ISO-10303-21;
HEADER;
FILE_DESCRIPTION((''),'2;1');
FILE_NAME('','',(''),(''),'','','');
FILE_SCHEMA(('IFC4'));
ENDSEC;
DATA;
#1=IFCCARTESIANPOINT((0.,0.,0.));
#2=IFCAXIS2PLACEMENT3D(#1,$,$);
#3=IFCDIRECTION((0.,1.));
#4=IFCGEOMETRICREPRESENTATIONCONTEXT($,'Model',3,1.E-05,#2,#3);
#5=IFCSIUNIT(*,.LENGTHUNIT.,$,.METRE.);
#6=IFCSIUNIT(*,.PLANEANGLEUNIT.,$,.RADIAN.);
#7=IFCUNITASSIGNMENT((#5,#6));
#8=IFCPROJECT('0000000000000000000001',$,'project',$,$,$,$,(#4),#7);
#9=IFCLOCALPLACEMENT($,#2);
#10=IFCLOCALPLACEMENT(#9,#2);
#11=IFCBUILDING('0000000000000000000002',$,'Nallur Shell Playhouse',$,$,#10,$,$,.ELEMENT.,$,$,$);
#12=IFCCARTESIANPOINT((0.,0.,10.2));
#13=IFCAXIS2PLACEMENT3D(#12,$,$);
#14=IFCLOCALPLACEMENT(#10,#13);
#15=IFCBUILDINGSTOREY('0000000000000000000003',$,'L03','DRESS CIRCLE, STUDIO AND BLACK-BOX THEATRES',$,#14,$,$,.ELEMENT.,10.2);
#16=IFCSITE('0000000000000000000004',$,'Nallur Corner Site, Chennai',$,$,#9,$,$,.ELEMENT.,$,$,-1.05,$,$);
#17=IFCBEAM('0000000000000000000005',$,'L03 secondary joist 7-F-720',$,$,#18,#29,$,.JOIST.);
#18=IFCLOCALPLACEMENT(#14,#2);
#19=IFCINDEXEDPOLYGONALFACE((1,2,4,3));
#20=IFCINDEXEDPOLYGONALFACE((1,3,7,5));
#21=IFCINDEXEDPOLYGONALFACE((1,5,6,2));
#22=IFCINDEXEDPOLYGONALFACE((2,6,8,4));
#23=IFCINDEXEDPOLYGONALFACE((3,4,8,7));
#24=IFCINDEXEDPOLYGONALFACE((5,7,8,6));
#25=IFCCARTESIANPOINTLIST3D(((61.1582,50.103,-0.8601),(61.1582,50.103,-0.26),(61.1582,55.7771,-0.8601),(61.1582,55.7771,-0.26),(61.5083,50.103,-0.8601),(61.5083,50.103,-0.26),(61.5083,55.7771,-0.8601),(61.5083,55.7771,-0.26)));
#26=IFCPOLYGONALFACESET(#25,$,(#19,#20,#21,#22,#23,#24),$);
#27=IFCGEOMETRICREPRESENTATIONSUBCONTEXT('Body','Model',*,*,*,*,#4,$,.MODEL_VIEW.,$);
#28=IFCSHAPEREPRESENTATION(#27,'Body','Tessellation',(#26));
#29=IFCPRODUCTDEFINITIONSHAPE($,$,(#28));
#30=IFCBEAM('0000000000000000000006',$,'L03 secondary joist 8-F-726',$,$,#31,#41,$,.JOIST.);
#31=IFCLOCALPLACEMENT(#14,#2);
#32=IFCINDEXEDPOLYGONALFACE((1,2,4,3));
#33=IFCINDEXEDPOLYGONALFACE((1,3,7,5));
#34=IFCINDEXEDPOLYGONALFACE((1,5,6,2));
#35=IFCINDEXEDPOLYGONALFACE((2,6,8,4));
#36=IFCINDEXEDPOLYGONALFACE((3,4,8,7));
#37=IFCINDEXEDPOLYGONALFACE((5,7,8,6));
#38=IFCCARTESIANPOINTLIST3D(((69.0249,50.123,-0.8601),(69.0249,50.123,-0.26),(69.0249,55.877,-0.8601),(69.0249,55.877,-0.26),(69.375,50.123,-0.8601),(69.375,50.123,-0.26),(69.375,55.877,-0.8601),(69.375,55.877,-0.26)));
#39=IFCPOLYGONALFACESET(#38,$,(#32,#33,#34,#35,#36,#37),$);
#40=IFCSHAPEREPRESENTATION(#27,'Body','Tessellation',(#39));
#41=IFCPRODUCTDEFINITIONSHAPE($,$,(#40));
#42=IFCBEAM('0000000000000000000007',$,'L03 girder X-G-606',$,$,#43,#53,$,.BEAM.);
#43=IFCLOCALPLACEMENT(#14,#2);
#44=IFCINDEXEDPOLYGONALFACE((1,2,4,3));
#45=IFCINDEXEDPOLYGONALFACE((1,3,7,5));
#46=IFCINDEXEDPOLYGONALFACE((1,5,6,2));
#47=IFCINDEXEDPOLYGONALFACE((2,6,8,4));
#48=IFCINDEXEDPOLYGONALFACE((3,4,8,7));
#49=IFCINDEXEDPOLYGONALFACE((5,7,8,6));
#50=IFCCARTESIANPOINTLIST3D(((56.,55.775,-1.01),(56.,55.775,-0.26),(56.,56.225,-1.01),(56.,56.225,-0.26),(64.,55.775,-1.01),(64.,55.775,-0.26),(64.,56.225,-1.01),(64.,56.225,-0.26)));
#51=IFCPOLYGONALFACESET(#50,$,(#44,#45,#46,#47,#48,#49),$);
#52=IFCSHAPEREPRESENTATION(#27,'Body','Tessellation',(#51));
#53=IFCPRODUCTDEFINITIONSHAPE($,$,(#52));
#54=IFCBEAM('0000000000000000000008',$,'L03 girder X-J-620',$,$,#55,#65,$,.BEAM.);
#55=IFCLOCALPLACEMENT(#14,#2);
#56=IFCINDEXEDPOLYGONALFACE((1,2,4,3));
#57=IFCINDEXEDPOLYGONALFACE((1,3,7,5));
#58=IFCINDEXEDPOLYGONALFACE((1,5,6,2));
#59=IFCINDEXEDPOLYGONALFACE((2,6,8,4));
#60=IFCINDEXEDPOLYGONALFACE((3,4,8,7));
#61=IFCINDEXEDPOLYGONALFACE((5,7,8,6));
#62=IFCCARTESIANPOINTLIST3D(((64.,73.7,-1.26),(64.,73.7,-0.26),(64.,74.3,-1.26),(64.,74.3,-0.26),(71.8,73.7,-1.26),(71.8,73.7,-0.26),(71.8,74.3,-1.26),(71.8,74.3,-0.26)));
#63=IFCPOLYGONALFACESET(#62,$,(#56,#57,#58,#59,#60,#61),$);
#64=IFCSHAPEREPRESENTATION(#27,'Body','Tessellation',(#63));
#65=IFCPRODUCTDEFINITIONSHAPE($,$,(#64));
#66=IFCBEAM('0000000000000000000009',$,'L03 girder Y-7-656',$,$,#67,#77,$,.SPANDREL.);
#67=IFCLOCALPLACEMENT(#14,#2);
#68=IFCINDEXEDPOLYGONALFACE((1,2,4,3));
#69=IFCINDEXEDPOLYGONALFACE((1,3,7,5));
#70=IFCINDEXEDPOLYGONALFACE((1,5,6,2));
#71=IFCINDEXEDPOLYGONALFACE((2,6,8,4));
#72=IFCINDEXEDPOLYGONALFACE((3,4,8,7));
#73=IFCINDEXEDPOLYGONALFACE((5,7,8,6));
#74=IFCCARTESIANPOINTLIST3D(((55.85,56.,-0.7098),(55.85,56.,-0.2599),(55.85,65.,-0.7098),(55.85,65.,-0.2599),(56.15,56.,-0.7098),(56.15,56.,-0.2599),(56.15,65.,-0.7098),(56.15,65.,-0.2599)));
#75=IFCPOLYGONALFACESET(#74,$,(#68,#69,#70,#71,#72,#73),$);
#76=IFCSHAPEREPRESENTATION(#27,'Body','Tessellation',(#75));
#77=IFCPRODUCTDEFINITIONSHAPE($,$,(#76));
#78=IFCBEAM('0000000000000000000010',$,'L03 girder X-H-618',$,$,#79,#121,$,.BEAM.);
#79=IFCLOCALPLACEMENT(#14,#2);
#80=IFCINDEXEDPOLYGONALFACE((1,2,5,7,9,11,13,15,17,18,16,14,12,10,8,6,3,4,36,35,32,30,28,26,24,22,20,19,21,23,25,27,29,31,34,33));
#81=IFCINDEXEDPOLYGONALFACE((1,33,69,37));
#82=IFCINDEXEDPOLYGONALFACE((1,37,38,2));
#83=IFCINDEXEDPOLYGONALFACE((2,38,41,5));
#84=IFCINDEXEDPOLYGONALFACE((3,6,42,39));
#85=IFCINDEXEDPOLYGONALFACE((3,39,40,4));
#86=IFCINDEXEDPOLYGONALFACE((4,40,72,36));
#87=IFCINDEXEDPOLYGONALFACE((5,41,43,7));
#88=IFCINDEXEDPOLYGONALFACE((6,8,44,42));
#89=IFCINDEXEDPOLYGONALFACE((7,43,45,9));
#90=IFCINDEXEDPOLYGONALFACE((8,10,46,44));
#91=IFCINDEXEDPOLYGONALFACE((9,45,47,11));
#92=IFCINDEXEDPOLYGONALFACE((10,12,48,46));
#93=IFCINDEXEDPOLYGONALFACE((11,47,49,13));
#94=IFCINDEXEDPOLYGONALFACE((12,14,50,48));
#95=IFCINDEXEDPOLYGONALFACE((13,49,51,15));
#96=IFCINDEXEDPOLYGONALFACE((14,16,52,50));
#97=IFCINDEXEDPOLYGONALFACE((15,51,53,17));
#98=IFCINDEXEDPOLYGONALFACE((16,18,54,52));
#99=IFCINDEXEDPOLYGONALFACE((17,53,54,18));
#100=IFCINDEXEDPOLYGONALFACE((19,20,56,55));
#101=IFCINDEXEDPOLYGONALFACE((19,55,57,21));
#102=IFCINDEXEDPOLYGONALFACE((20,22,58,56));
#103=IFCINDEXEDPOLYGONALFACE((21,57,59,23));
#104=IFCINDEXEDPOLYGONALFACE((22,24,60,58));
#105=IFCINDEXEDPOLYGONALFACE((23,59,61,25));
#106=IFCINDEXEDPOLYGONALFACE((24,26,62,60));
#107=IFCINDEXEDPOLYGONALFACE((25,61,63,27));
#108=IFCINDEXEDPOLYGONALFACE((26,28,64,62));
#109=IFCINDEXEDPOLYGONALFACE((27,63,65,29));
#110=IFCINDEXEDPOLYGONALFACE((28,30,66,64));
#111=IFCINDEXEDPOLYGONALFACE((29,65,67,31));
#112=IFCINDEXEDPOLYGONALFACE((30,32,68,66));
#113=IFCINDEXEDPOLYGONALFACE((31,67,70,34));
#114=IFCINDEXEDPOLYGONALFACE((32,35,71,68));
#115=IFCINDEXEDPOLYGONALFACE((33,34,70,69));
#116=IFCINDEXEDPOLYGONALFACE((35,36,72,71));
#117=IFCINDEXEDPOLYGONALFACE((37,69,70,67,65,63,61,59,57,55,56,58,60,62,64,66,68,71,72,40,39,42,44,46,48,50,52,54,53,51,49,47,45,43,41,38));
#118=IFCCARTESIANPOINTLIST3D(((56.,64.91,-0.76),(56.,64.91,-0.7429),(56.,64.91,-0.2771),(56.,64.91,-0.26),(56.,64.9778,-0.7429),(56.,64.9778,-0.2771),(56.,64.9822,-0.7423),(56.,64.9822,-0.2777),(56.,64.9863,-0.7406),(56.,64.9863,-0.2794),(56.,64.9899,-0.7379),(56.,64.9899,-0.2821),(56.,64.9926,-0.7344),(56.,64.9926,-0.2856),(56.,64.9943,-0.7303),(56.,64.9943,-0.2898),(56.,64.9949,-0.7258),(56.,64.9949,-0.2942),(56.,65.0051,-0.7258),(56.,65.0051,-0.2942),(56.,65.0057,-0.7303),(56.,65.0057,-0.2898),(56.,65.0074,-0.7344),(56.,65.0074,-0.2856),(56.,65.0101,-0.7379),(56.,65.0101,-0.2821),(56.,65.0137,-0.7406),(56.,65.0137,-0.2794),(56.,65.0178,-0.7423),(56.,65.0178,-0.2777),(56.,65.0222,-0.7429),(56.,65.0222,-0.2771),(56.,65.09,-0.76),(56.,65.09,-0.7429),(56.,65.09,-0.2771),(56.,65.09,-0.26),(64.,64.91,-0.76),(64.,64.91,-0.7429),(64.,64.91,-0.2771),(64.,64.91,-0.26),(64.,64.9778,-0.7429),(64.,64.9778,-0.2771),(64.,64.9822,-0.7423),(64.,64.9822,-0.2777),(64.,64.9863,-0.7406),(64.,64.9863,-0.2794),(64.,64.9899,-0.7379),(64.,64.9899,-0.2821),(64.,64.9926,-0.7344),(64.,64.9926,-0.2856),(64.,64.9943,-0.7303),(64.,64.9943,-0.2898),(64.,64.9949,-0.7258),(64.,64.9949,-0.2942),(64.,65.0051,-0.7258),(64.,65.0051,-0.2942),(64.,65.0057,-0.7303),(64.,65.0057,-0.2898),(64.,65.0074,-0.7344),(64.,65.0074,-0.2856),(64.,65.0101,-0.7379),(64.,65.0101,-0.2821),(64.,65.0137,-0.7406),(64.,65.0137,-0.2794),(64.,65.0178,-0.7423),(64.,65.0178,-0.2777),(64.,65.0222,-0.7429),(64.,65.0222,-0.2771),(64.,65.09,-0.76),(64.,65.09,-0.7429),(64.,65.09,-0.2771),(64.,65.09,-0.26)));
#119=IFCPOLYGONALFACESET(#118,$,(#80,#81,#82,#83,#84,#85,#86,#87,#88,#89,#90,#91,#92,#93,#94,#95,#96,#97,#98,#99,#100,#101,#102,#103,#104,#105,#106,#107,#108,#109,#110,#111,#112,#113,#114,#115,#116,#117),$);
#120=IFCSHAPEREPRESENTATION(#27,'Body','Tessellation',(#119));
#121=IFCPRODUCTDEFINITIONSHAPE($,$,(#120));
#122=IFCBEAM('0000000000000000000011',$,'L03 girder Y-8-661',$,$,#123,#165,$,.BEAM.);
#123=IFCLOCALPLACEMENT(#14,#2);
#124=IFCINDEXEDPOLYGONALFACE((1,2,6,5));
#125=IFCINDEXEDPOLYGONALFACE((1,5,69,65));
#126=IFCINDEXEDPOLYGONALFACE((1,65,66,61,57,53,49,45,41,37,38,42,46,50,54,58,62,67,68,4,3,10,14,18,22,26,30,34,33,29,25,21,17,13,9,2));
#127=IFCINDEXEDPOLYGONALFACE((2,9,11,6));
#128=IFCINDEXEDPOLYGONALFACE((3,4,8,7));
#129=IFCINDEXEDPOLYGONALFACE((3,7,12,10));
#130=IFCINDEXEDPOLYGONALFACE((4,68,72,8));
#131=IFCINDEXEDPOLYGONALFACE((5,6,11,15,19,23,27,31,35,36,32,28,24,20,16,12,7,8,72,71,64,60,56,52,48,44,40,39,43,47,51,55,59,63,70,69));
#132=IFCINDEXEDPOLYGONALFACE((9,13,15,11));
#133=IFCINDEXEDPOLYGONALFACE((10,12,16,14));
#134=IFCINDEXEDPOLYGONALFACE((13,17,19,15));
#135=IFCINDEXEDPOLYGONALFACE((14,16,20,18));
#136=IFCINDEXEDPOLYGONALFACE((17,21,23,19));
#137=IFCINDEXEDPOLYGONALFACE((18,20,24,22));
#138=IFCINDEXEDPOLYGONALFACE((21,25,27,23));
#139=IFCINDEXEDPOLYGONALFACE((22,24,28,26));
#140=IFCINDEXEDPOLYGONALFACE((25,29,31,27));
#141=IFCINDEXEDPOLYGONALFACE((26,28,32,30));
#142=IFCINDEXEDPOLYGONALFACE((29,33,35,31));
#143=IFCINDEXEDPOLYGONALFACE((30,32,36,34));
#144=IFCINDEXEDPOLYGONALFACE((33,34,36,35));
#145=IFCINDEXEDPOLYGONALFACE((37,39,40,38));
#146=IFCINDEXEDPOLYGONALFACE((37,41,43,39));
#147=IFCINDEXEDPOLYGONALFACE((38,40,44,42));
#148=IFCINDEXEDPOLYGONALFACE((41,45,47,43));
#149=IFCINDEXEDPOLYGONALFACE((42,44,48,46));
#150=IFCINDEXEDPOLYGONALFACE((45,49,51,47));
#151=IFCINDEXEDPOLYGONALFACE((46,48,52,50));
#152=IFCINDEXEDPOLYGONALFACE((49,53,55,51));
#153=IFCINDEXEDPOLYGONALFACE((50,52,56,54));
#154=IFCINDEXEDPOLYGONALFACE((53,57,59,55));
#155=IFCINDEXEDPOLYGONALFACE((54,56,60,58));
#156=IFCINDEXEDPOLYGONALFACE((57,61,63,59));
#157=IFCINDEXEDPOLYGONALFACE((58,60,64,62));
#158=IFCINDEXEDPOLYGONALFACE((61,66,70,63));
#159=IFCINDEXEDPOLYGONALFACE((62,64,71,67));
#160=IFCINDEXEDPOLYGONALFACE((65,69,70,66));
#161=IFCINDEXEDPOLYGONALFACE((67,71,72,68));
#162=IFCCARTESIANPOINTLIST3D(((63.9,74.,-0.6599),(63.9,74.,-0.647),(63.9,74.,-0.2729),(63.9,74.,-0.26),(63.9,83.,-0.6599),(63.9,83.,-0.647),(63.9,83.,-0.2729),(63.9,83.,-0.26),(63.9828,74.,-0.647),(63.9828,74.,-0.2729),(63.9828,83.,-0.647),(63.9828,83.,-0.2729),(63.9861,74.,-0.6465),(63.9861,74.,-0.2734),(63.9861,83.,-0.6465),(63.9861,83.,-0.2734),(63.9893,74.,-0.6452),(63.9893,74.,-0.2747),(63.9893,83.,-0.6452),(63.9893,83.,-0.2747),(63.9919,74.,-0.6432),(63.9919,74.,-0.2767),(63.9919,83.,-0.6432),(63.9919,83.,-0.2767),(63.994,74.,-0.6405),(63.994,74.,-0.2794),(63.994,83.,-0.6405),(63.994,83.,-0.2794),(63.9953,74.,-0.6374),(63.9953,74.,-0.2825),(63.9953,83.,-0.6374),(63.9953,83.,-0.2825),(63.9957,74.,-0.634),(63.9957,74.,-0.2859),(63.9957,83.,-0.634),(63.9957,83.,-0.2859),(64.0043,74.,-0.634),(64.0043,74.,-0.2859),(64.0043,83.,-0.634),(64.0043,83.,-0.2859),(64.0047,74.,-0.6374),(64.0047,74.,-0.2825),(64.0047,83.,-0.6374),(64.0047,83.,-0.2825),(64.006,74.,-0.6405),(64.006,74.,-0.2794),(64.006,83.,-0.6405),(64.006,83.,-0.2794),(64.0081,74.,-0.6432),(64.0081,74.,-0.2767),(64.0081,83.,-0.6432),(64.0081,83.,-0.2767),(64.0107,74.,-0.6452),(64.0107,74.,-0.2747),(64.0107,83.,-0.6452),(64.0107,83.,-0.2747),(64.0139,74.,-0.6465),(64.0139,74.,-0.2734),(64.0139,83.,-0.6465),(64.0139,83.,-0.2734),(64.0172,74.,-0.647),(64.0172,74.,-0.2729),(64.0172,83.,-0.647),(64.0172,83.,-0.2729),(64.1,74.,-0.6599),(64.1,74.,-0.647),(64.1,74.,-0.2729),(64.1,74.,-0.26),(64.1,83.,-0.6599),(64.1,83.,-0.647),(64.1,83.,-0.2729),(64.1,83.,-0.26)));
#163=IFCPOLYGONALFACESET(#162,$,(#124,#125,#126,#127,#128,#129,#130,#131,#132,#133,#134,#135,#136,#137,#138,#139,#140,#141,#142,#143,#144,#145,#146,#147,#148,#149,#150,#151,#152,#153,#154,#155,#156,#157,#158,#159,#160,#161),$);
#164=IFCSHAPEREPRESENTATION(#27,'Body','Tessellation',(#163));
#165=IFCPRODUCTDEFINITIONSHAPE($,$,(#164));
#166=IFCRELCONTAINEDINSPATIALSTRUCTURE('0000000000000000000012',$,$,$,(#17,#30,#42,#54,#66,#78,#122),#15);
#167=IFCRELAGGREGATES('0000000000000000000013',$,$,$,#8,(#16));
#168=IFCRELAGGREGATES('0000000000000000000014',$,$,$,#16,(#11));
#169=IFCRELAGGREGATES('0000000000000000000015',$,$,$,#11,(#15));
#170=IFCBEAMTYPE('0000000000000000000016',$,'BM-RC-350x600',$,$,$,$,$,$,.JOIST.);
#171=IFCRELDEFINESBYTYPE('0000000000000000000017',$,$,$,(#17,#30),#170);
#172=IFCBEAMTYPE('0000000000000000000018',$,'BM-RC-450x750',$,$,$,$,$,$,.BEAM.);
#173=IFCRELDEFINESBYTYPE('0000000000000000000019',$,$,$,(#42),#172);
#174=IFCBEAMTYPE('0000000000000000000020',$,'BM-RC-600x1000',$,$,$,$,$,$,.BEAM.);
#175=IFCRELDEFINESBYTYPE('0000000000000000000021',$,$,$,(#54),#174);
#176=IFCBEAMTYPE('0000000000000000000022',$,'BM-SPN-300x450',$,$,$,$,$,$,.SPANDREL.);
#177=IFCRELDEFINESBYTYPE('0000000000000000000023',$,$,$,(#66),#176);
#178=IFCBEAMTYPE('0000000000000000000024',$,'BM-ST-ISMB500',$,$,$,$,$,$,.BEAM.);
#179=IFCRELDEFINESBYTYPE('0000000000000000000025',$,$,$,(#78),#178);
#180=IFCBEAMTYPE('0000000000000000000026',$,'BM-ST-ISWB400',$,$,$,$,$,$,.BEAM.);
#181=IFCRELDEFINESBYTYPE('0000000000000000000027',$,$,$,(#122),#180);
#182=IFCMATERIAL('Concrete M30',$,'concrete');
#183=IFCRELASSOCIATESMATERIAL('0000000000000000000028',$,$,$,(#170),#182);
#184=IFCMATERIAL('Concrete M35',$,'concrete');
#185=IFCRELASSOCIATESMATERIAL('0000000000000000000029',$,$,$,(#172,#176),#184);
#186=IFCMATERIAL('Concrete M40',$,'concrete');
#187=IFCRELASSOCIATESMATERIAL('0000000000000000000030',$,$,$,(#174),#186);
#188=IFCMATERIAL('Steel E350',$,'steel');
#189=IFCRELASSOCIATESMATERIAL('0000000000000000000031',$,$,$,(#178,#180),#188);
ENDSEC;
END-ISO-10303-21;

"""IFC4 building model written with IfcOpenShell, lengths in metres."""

from ifc_helpers import new_model, si_unit, direction, frame, origin, origin_2d, place, context, subcontext, project, spatial, rectangle, i_section, extrude, material, material_profile, profile_set, type_object, element, save


model = new_model("IFC4")

# Units and contexts
model_context = context("Model", 3, precision=1e-05, world=origin(), true_north=direction((0.0, 1.0)))
body_context = subcontext(model_context, "Body", "Model", "MODEL_VIEW")
ifc_project = project(units=[si_unit("LENGTHUNIT", "METRE"), si_unit("PLANEANGLEUNIT", "RADIAN")], contexts=[model_context])

# Site, building, storey
site_placement = place(None, origin())
site = spatial("IfcSite", under=ifc_project, at=site_placement, Name="Nallur Corner Site, Chennai", CompositionType="ELEMENT", RefElevation=-1.05)
building_placement = place(site_placement, origin())
building = spatial("IfcBuilding", under=site, at=building_placement, Name="Nallur Shell Playhouse", CompositionType="ELEMENT")
storey_placement = place(building_placement, frame((0.0, 0.0, 10.2)))
storey = spatial("IfcBuildingStorey", under=building, at=storey_placement, Name="L03", Description="DRESS CIRCLE, STUDIO AND BLACK-BOX THEATRES", CompositionType="ELEMENT", Elevation=10.2)

# Shared definitions
ifc_material_1 = material(Name="Steel E350", Category="steel")

# Beams
ifc_material_2 = material(Name="Concrete M30", Category="concrete")
ifc_material_profile_1 = material_profile(ifc_material_2, rectangle(XDim=0.3501, YDim=0.6001, at=origin_2d()), Name="RC 350x600")
ifc_profile_set_1 = profile_set([ifc_material_profile_1], Name="Concrete M30")
beam_type_1 = type_object("IfcBeamType", Name="BM-RC-350x600", PredefinedType="JOIST", material=ifc_profile_set_1)
beam_1_placement = place(storey_placement, frame((61.3333, 50.103, -0.5601), z_axis=(0.0, 1.0, 0.0), x_axis=(-1.0, 0.0, 0.0)))
element("IfcBeam", 1, at=beam_1_placement, inside=storey, type_object=beam_type_1, Name="L03 secondary joist 7-F-720", PredefinedType="JOIST", context=body_context, shape_type="SweptSolid", body=[
    extrude(rectangle(XDim=0.3501, YDim=0.6001, at=origin_2d()), origin(), (0.0, 0.0, 1.0), 5.6741),
])
beam_2_placement = place(storey_placement, frame((69.2, 50.123, -0.5601), z_axis=(0.0, 1.0, 0.0), x_axis=(-1.0, 0.0, 0.0)))
element("IfcBeam", 2, at=beam_2_placement, inside=storey, type_object=beam_type_1, Name="L03 secondary joist 8-F-726", PredefinedType="JOIST", context=body_context, shape_type="SweptSolid", body=[
    extrude(rectangle(XDim=0.3501, YDim=0.6001, at=origin_2d()), origin(), (0.0, 0.0, 1.0), 5.7539),
])
ifc_material_3 = material(Name="Concrete M35", Category="concrete")
ifc_material_profile_2 = material_profile(ifc_material_3, rectangle(XDim=0.45, YDim=0.75, at=origin_2d()), Name="RC 450x750")
ifc_profile_set_2 = profile_set([ifc_material_profile_2], Name="Concrete M35")
beam_type_2 = type_object("IfcBeamType", Name="BM-RC-450x750", PredefinedType="BEAM", material=ifc_profile_set_2)
beam_3_placement = place(storey_placement, frame((56.0, 56.0, -0.635), z_axis=(1.0, 0.0, 0.0), x_axis=(0.0, 1.0, 0.0)))
element("IfcBeam", 3, at=beam_3_placement, inside=storey, type_object=beam_type_2, Name="L03 girder X-G-606", PredefinedType="BEAM", context=body_context, shape_type="SweptSolid", body=[
    extrude(rectangle(XDim=0.45, YDim=0.75, at=origin_2d()), origin(), (0.0, 0.0, 1.0), 8.0),
])
ifc_material_4 = material(Name="Concrete M40", Category="concrete")
ifc_material_profile_3 = material_profile(ifc_material_4, rectangle(XDim=0.6001, YDim=1.0, at=origin_2d()), Name="RC 600x1000")
ifc_profile_set_3 = profile_set([ifc_material_profile_3], Name="Concrete M40")
beam_type_3 = type_object("IfcBeamType", Name="BM-RC-600x1000", PredefinedType="BEAM", material=ifc_profile_set_3)
beam_4_placement = place(storey_placement, frame((64.0, 74.0, -0.76), z_axis=(1.0, 0.0, 0.0), x_axis=(0.0, 1.0, 0.0)))
element("IfcBeam", 4, at=beam_4_placement, inside=storey, type_object=beam_type_3, Name="L03 girder X-J-620", PredefinedType="BEAM", context=body_context, shape_type="SweptSolid", body=[
    extrude(rectangle(XDim=0.6001, YDim=1.0, at=origin_2d()), origin(), (0.0, 0.0, 1.0), 7.8),
])
ifc_material_profile_4 = material_profile(ifc_material_3, rectangle(XDim=0.3, YDim=0.45, at=origin_2d()), Name="RC 300x450")
ifc_profile_set_4 = profile_set([ifc_material_profile_4], Name="Concrete M35")
beam_type_4 = type_object("IfcBeamType", Name="BM-SPN-300x450", PredefinedType="SPANDREL", material=ifc_profile_set_4)
beam_5_placement = place(storey_placement, frame((56.0, 56.0, -0.4849), z_axis=(0.0, 1.0, 0.0), x_axis=(-1.0, 0.0, 0.0)))
element("IfcBeam", 5, at=beam_5_placement, inside=storey, type_object=beam_type_4, Name="L03 girder Y-7-656", PredefinedType="SPANDREL", context=body_context, shape_type="SweptSolid", body=[
    extrude(rectangle(XDim=0.3, YDim=0.45, at=origin_2d()), origin(), (0.0, 0.0, 1.0), 9.0),
])
ifc_material_profile_5 = material_profile(ifc_material_1, i_section(OverallWidth=0.1799, OverallDepth=0.5, WebThickness=0.0103, FlangeThickness=0.0171, FilletRadius=0.0171, at=origin_2d()), Name="ISMB 500")
ifc_profile_set_5 = profile_set([ifc_material_profile_5], Name="Steel E350")
beam_type_5 = type_object("IfcBeamType", Name="BM-ST-ISMB500", PredefinedType="BEAM", material=ifc_profile_set_5)
beam_6_placement = place(storey_placement, frame((56.0, 65.0, -0.51), z_axis=(1.0, 0.0, 0.0), x_axis=(0.0, 1.0, 0.0)))
element("IfcBeam", 6, at=beam_6_placement, inside=storey, type_object=beam_type_5, Name="L03 girder X-H-618", PredefinedType="BEAM", context=body_context, shape_type="SweptSolid", body=[
    extrude(i_section(OverallWidth=0.1799, OverallDepth=0.5, WebThickness=0.0103, FlangeThickness=0.0171, FilletRadius=0.0171, at=origin_2d()), origin(), (0.0, 0.0, 1.0), 8.0),
])
ifc_material_profile_6 = material_profile(ifc_material_1, i_section(OverallWidth=0.2, OverallDepth=0.3999, WebThickness=0.0085, FlangeThickness=0.0129, FilletRadius=0.0129, at=origin_2d()), Name="ISWB 400")
ifc_profile_set_6 = profile_set([ifc_material_profile_6], Name="Steel E350")
beam_type_6 = type_object("IfcBeamType", Name="BM-ST-ISWB400", PredefinedType="BEAM", material=ifc_profile_set_6)
beam_7_placement = place(storey_placement, frame((64.0, 74.0, -0.46), z_axis=(0.0, 1.0, 0.0), x_axis=(-1.0, 0.0, 0.0)))
element("IfcBeam", 7, at=beam_7_placement, inside=storey, type_object=beam_type_6, Name="L03 girder Y-8-661", PredefinedType="BEAM", context=body_context, shape_type="SweptSolid", body=[
    extrude(i_section(OverallWidth=0.2, OverallDepth=0.3999, WebThickness=0.0085, FlangeThickness=0.0129, FilletRadius=0.0129, at=origin_2d()), origin(), (0.0, 0.0, 1.0), 9.0),
])

save(model, "model.ifc")
